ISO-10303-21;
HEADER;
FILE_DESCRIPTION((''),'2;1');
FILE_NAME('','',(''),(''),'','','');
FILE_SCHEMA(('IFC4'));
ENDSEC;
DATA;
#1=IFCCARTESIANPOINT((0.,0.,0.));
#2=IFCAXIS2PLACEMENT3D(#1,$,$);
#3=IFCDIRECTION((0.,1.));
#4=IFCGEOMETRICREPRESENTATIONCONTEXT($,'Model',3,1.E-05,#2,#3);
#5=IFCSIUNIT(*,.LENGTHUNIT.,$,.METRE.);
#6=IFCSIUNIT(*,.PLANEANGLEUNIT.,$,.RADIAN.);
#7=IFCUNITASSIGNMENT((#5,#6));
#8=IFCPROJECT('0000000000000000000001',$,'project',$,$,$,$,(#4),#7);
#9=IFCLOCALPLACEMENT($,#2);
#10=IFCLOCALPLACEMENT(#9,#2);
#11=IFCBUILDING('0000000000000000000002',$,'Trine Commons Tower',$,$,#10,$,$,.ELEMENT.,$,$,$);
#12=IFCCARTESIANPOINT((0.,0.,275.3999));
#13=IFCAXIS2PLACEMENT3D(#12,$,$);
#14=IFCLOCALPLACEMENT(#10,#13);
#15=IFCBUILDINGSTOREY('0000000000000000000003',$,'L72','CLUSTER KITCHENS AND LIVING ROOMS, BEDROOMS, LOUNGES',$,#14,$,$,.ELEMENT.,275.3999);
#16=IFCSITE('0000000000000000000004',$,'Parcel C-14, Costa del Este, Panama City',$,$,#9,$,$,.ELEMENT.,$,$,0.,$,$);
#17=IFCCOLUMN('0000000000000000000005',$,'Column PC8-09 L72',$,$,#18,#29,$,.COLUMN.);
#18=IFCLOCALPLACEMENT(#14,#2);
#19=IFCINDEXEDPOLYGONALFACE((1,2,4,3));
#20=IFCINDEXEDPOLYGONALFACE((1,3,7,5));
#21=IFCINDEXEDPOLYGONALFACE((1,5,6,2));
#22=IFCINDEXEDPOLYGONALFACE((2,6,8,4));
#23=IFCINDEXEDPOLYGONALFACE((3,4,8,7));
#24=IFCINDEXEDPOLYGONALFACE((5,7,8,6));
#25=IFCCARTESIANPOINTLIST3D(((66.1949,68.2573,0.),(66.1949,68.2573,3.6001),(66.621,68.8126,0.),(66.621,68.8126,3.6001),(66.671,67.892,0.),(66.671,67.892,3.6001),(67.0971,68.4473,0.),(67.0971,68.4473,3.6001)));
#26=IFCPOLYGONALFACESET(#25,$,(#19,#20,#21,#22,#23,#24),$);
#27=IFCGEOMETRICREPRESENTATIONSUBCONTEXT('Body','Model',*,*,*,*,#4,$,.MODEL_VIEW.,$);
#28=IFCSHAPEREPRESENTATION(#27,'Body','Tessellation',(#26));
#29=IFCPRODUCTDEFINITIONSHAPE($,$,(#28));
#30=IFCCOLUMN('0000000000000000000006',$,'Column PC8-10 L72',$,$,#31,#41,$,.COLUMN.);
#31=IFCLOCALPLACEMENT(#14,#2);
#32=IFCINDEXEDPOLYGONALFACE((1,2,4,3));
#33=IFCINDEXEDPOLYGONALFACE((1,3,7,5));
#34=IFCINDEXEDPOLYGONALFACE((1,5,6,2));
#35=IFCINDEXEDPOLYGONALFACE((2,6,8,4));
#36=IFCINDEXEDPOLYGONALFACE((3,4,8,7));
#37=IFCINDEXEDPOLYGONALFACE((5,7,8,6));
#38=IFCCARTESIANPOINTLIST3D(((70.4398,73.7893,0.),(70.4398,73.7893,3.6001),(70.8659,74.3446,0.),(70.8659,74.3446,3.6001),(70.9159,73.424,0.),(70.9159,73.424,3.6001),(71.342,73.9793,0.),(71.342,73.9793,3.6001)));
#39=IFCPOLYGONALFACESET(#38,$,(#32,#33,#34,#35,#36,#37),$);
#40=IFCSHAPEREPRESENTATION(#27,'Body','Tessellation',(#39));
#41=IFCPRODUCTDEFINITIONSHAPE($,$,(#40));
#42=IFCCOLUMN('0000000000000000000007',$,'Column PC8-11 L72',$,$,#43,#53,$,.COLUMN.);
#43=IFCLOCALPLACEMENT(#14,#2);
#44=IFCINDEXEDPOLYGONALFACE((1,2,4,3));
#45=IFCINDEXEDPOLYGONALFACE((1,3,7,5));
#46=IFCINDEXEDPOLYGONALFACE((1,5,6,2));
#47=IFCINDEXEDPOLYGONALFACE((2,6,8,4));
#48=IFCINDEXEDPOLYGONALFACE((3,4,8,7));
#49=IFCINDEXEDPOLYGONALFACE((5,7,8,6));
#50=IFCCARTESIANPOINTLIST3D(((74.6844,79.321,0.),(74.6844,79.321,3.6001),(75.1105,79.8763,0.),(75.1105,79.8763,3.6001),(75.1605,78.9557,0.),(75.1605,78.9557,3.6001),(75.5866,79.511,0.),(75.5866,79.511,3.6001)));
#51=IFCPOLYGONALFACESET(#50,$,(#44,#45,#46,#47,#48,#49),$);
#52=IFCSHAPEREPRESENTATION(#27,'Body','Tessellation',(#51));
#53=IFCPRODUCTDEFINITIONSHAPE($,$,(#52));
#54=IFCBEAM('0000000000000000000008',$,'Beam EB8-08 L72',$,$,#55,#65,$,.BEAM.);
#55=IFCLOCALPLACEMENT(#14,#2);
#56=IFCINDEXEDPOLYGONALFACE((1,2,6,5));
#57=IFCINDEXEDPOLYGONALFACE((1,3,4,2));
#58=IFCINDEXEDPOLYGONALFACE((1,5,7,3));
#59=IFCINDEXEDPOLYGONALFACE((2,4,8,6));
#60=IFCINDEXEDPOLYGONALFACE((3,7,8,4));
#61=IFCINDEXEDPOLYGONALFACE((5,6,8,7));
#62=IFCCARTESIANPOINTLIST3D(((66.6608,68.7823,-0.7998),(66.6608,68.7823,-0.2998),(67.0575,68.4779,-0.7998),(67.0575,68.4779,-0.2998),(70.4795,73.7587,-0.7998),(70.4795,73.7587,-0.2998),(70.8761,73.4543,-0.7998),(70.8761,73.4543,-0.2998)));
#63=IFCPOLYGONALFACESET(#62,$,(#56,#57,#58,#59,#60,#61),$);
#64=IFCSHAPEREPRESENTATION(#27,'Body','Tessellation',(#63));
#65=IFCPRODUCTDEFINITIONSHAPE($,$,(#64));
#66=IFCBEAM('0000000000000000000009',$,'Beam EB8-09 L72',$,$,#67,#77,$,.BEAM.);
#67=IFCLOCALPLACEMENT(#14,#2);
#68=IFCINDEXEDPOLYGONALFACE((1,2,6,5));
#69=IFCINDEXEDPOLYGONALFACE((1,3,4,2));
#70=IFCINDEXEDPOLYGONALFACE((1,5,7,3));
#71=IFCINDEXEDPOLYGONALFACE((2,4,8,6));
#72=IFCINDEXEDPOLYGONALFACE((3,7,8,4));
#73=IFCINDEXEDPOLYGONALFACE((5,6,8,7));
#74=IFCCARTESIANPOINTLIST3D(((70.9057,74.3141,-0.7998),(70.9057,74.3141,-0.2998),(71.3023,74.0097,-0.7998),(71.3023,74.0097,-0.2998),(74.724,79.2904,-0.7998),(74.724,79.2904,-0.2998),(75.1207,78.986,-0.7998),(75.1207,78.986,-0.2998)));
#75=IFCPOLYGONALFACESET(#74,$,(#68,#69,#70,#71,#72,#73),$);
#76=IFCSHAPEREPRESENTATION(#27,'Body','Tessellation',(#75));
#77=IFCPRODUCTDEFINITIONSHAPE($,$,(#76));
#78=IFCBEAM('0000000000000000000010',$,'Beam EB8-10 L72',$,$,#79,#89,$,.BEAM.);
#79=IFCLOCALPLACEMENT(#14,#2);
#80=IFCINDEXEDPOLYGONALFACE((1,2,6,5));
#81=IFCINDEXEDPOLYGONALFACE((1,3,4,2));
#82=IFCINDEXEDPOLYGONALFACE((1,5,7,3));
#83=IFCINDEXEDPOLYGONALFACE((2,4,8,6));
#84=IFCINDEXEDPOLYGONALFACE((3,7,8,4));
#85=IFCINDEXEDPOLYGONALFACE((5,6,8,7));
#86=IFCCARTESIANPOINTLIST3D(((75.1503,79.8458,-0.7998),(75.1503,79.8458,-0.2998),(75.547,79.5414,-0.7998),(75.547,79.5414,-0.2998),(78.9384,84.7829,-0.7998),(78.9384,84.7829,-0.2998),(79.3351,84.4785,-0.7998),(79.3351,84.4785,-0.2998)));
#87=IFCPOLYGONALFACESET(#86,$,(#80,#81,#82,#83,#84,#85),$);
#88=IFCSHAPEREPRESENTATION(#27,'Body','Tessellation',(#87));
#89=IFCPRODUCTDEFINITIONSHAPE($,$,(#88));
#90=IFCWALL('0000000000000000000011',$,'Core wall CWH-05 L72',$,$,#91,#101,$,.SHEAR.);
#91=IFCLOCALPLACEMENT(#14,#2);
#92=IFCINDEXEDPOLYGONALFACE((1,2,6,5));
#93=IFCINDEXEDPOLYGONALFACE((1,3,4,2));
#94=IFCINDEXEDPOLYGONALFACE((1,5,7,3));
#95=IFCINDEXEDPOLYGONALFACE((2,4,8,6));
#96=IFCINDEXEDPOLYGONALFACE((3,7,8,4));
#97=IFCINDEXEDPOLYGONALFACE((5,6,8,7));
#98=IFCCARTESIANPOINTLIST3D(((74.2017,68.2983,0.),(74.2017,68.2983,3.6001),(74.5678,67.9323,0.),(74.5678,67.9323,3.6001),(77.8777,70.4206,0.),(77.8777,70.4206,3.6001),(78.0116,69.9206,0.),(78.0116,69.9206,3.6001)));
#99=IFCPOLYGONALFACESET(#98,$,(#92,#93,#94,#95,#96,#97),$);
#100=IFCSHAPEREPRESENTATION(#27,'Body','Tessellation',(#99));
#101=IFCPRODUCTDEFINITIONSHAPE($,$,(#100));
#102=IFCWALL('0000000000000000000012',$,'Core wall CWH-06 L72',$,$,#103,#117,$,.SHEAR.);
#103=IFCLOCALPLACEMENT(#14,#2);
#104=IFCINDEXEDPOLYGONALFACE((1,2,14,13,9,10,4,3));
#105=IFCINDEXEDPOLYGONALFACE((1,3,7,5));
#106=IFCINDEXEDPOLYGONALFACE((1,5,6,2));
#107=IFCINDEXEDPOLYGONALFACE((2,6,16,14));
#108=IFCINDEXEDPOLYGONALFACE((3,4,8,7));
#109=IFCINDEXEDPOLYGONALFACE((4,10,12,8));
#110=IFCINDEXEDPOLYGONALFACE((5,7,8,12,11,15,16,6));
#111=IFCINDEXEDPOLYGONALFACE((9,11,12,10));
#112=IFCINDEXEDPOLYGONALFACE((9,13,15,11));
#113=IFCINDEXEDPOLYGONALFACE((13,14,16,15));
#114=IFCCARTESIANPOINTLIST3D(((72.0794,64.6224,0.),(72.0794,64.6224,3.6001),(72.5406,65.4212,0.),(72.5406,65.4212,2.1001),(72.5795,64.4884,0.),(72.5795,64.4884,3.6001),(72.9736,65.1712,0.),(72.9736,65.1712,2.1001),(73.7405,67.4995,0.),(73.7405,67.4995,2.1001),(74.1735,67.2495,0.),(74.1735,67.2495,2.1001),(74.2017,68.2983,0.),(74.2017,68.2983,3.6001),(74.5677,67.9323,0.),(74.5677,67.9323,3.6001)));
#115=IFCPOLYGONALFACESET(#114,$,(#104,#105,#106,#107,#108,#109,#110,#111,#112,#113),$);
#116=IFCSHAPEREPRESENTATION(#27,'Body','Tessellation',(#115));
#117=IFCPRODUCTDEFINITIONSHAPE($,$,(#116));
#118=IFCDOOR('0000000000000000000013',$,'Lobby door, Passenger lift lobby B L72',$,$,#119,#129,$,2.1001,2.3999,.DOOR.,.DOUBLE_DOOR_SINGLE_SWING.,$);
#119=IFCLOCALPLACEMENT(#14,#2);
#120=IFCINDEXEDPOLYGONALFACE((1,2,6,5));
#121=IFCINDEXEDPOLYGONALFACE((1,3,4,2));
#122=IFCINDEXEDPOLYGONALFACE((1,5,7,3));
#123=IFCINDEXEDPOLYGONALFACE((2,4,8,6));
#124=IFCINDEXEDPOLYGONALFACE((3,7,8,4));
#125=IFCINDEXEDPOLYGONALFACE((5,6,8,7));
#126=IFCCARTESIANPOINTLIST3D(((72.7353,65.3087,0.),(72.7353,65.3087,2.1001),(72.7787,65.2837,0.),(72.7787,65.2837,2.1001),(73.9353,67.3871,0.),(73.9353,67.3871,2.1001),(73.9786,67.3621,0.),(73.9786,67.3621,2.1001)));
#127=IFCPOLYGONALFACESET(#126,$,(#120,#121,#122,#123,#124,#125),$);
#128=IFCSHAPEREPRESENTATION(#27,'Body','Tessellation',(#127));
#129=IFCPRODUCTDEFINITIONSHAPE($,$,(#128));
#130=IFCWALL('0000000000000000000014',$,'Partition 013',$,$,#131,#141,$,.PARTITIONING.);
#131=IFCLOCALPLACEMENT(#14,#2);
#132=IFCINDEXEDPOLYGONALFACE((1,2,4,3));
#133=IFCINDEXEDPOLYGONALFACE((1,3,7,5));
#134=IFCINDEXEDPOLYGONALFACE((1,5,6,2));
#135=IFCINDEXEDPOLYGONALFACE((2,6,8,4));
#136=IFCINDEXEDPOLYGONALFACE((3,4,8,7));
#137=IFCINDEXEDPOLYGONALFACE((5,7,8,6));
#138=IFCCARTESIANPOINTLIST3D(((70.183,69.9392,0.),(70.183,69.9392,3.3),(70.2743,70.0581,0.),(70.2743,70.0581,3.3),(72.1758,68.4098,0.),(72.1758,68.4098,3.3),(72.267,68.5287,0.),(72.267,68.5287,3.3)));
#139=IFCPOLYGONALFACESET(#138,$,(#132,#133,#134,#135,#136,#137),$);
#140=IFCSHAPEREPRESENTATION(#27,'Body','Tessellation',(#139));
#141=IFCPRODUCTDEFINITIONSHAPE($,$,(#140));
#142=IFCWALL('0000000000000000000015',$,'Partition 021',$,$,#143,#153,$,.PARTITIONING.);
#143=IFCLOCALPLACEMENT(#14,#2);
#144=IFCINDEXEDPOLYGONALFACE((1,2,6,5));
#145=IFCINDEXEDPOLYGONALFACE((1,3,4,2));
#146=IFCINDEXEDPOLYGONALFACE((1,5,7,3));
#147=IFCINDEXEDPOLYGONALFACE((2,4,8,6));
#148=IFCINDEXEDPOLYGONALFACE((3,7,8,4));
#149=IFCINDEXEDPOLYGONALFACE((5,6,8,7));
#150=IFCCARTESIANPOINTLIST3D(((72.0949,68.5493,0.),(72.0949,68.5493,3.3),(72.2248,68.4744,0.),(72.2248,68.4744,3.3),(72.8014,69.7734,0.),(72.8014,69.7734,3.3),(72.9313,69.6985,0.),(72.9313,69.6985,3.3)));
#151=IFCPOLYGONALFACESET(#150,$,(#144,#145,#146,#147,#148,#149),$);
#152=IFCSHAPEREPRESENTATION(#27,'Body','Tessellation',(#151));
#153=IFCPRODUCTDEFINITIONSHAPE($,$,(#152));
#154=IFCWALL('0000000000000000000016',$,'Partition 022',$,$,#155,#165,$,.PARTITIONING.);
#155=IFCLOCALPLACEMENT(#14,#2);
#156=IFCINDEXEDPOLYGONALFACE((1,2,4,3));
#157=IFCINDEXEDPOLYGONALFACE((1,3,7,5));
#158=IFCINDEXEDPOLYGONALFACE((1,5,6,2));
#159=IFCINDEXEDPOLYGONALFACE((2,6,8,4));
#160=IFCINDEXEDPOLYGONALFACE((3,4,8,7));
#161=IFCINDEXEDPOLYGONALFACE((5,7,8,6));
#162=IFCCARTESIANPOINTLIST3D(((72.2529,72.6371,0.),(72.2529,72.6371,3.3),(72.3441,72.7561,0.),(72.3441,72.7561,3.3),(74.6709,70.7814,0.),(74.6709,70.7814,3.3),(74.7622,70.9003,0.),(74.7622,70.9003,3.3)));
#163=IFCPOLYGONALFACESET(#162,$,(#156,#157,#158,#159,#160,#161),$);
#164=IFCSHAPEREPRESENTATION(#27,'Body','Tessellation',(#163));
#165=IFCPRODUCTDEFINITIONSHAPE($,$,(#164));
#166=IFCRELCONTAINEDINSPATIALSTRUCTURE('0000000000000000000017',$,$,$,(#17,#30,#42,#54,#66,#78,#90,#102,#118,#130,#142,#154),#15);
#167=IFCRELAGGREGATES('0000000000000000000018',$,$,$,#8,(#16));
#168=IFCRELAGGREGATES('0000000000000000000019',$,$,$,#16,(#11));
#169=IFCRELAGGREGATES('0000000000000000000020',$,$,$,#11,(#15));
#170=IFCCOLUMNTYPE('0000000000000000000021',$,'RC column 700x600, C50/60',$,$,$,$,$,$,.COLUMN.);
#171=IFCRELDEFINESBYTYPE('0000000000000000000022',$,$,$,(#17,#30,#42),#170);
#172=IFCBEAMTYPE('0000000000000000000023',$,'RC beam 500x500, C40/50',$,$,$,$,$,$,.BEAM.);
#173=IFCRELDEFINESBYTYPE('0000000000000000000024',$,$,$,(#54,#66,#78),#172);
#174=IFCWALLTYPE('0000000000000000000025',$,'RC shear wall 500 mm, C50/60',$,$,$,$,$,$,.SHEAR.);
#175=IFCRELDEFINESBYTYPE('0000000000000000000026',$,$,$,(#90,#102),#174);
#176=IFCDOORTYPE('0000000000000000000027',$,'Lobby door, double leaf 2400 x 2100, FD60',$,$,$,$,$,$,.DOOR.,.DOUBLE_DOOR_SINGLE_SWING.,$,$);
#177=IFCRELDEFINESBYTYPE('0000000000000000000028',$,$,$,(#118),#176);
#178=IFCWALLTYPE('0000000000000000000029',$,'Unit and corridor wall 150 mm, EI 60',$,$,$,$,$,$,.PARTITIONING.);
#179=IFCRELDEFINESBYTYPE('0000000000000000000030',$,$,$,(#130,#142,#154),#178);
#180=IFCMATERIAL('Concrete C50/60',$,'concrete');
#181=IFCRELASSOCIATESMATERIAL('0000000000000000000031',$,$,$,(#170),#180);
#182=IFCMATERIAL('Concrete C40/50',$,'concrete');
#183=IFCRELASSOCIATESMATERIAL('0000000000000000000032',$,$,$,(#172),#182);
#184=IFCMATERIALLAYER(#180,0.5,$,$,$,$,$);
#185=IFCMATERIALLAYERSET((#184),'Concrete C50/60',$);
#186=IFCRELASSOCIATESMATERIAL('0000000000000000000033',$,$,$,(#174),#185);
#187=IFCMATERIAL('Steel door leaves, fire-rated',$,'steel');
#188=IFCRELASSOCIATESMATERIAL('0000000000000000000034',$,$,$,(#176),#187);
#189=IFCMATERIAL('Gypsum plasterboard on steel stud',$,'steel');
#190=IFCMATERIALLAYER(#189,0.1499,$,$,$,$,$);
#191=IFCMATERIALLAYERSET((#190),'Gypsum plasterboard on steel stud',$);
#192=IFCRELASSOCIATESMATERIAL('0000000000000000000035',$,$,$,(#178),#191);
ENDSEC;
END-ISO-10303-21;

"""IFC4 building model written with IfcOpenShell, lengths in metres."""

from ifc_helpers import new_model, si_unit, direction, frame, frame_2d, origin, origin_2d, place, context, subcontext, project, spatial, polyline, rectangle, outline, extrude, material, layer, layer_set, material_profile, profile_set, type_object, element, fill, save


model = new_model("IFC4")

# Units and contexts
model_context = context("Model", 3, precision=1e-05, world=origin(), true_north=direction((0.0, 1.0)))
body_context = subcontext(model_context, "Body", "Model", "MODEL_VIEW")
ifc_project = project(units=[si_unit("LENGTHUNIT", "METRE"), si_unit("PLANEANGLEUNIT", "RADIAN")], contexts=[model_context])

# Site, building, storey
site_placement = place(None, origin())
site = spatial("IfcSite", under=ifc_project, at=site_placement, Name="Parcel C-14, Costa del Este, Panama City", CompositionType="ELEMENT", RefElevation=0.0)
building_placement = place(site_placement, origin())
building = spatial("IfcBuilding", under=site, at=building_placement, Name="Trine Commons Tower", CompositionType="ELEMENT")
storey_placement = place(building_placement, frame((0.0, 0.0, 275.3999)))
storey = spatial("IfcBuildingStorey", under=building, at=storey_placement, Name="L72", Description="CLUSTER KITCHENS AND LIVING ROOMS, BEDROOMS, LOUNGES", CompositionType="ELEMENT", Elevation=275.3999)

# Columns
ifc_material_1 = material(Name="Concrete C50/60", Category="concrete")
ifc_material_profile_1 = material_profile(ifc_material_1, rectangle(XDim=0.7, YDim=0.6001, at=origin_2d()), Name="RC 700x600")
ifc_profile_set_1 = profile_set([ifc_material_profile_1], Name="Concrete C50/60")
column_type = type_object("IfcColumnType", Name="RC column 700x600, C50/60", PredefinedType="COLUMN", material=ifc_profile_set_1)
for number, where, z_axis, x_axis, name in (
    (1, (66.646, 68.3523, 0.0), (0.0, 0.0, 1.0), (0.608761, 0.793353, 0.0), "Column PC8-09 L72"),
    (2, (70.8909, 73.8843, 0.0), (0.0, 0.0, 1.0), (0.608761, 0.793353, 0.0), "Column PC8-10 L72"),
    (3, (75.1355, 79.416, 0.0), (0.0, 0.0, 1.0), (0.608761, 0.793353, 0.0), "Column PC8-11 L72"),
):
    element("IfcColumn", number, at=place(storey_placement, frame(where, z_axis=z_axis, x_axis=x_axis)), inside=storey, type_object=column_type, Name=name, PredefinedType="COLUMN", context=body_context, shape_type="SweptSolid", body=[
        extrude(rectangle(XDim=0.7, YDim=0.6001, at=origin_2d()), origin(), (0.0, 0.0, 1.0), 3.6001),
    ])

# Beams
ifc_material_2 = material(Name="Concrete C40/50", Category="concrete")
ifc_material_profile_2 = material_profile(ifc_material_2, rectangle(XDim=0.5, YDim=0.5, at=origin_2d()), Name="RC 500x500")
ifc_profile_set_2 = profile_set([ifc_material_profile_2], Name="Concrete C40/50")
beam_type = type_object("IfcBeamType", Name="RC beam 500x500, C40/50", PredefinedType="BEAM", material=ifc_profile_set_2)
beam_1_placement = place(storey_placement, frame((66.8591, 68.6301, -0.5498), z_axis=(0.608775, 0.793343, 0.0), x_axis=(-0.793343, 0.608775, 0.0)))
element("IfcBeam", 4, at=beam_1_placement, inside=storey, type_object=beam_type, Name="Beam EB8-08 L72", PredefinedType="BEAM", context=body_context, shape_type="SweptSolid", body=[
    extrude(rectangle(XDim=0.5, YDim=0.5, at=origin_2d()), origin(), (0.0, 0.0, 1.0), 6.2727),
])
beam_2_placement = place(storey_placement, frame((71.104, 74.1619, -0.5498), z_axis=(0.608751, 0.793361, 0.0), x_axis=(-0.793361, 0.608751, 0.0)))
element("IfcBeam", 5, at=beam_2_placement, inside=storey, type_object=beam_type, Name="Beam EB8-09 L72", PredefinedType="BEAM", context=body_context, shape_type="SweptSolid", body=[
    extrude(rectangle(XDim=0.5, YDim=0.5, at=origin_2d()), origin(), (0.0, 0.0, 1.0), 6.2725),
])
beam_3_placement = place(storey_placement, frame((75.3486, 79.6936, -0.5498), z_axis=(0.60874, 0.79337, 0.0), x_axis=(-0.79337, 0.60874, 0.0)))
element("IfcBeam", 6, at=beam_3_placement, inside=storey, type_object=beam_type, Name="Beam EB8-10 L72", PredefinedType="BEAM", context=body_context, shape_type="SweptSolid", body=[
    extrude(rectangle(XDim=0.5, YDim=0.5, at=origin_2d()), origin(), (0.0, 0.0, 1.0), 6.2229),
])

# Wall
ifc_layer_1 = layer(ifc_material_1, 0.5)
ifc_layer_set_1 = layer_set([ifc_layer_1], Name="Concrete C50/60")
wall_type_1 = type_object("IfcWallType", Name="RC shear wall 500 mm, C50/60", PredefinedType="SHEAR", material=ifc_layer_set_1)
wall_1_placement = place(storey_placement, frame((78.0027, 70.2041, 0.0), z_axis=(0.0, 0.0, 1.0), x_axis=(-0.866029, -0.499993, 0.0)))
element("IfcWall", 7, at=wall_1_placement, inside=storey, type_object=wall_type_1, Name="Core wall CWH-05 L72", PredefinedType="SHEAR", context=body_context, shape_type="SweptSolid", body=[
    extrude(outline(polyline([(0.0, -0.25), (4.2446, -0.25), (4.1106, 0.25), (0.134, 0.25), (0.0, -0.25)])), origin(), (0.0, 0.0, 1.0), 3.6001),
])

# Wall, opening, door
wall_2_placement = place(storey_placement, frame((74.4182, 68.1733, 0.0), z_axis=(0.0, 0.0, 1.0), x_axis=(-0.499993, -0.866029, 0.0)))
wall_2 = element("IfcWall", 8, at=wall_2_placement, inside=storey, type_object=wall_type_1, Name="Core wall CWH-06 L72", PredefinedType="SHEAR", context=body_context, shape_type="SweptSolid", body=[
    extrude(outline(polyline([(0.0, -0.25), (4.2446, -0.25), (4.1106, 0.25), (0.134, 0.25), (0.0, -0.25)])), origin(), (0.0, 0.0, 1.0), 3.6001),
])
opening_1_placement = place(wall_2_placement, frame((0.9224, 0.0, 0.0)))
opening_1 = element("IfcOpeningElement", 9, at=opening_1_placement, cuts=wall_2, PredefinedType="OPENING", context=body_context, shape_type="SweptSolid", body=[
    extrude(rectangle(XDim=2.3999, YDim=2.1001, at=frame_2d((1.2, 1.05))), frame((0.0, 0.26, 0.0), z_axis=(0.0, -1.0, 0.0), x_axis=(1.0, 0.0, 0.0)), (0.0, 0.0, 1.0), 0.52),
])
ifc_material_3 = material(Name="Steel door leaves, fire-rated", Category="steel")
door_type_1 = type_object("IfcDoorType", Name="Lobby door, double leaf 2400 x 2100, FD60", OperationType="DOUBLE_DOOR_SINGLE_SWING", PredefinedType="DOOR", material=ifc_material_3)
door_1_placement = place(opening_1_placement, origin())
door_1 = element("IfcDoor", 10, at=door_1_placement, inside=storey, type_object=door_type_1, Name="Lobby door, Passenger lift lobby B L72", OperationType="DOUBLE_DOOR_SINGLE_SWING", OverallHeight=2.1001, OverallWidth=2.3999, PredefinedType="DOOR", context=body_context, shape_type="SweptSolid", body=[
    extrude(rectangle(XDim=2.3999, YDim=2.1001, at=frame_2d((1.2, 1.05))), frame((0.0, 0.0249, 0.0), z_axis=(0.0, -1.0, 0.0), x_axis=(1.0, 0.0, 0.0)), (0.0, 0.0, 1.0), 0.05),
])
fill(opening_1, door_1)

# Walls
ifc_material_4 = material(Name="Gypsum plasterboard on steel stud", Category="steel")
ifc_layer_2 = layer(ifc_material_4, 0.1499)
ifc_layer_set_2 = layer_set([ifc_layer_2], Name="Gypsum plasterboard on steel stud")
wall_type_2 = type_object("IfcWallType", Name="Unit and corridor wall 150 mm, EI 60", PredefinedType="PARTITIONING", material=ifc_layer_set_2)
wall_3_placement = place(storey_placement, frame((70.2288, 69.9985, 0.0), z_axis=(0.0, 0.0, 1.0), x_axis=(0.793303, -0.608827, 0.0)))
element("IfcWall", 11, at=wall_3_placement, inside=storey, type_object=wall_type_2, Name="Partition 013", PredefinedType="PARTITIONING", context=body_context, shape_type="SweptSolid", body=[
    extrude(rectangle(XDim=2.512, YDim=0.1499, at=frame_2d((1.2559, 0.0))), origin(), (0.0, 0.0, 1.0), 3.3),
])
wall_4_placement = place(storey_placement, frame((72.1599, 68.512, 0.0), z_axis=(0.0, 0.0, 1.0), x_axis=(0.499892, 0.866088, 0.0)))
element("IfcWall", 12, at=wall_4_placement, inside=storey, type_object=wall_type_2, Name="Partition 021", PredefinedType="PARTITIONING", context=body_context, shape_type="SweptSolid", body=[
    extrude(rectangle(XDim=1.4133, YDim=0.1499, at=frame_2d((0.7065, 0.0))), origin(), (0.0, 0.0, 1.0), 3.3),
])
wall_5_placement = place(storey_placement, frame((72.2986, 72.6965, 0.0), z_axis=(0.0, 0.0, 1.0), x_axis=(0.793299, -0.608832, 0.0)))
element("IfcWall", 13, at=wall_5_placement, inside=storey, type_object=wall_type_2, Name="Partition 022", PredefinedType="PARTITIONING", context=body_context, shape_type="SweptSolid", body=[
    extrude(rectangle(XDim=3.0481, YDim=0.1499, at=frame_2d((1.5239, 0.0))), origin(), (0.0, 0.0, 1.0), 3.3),
])

save(model, "model.ifc")
